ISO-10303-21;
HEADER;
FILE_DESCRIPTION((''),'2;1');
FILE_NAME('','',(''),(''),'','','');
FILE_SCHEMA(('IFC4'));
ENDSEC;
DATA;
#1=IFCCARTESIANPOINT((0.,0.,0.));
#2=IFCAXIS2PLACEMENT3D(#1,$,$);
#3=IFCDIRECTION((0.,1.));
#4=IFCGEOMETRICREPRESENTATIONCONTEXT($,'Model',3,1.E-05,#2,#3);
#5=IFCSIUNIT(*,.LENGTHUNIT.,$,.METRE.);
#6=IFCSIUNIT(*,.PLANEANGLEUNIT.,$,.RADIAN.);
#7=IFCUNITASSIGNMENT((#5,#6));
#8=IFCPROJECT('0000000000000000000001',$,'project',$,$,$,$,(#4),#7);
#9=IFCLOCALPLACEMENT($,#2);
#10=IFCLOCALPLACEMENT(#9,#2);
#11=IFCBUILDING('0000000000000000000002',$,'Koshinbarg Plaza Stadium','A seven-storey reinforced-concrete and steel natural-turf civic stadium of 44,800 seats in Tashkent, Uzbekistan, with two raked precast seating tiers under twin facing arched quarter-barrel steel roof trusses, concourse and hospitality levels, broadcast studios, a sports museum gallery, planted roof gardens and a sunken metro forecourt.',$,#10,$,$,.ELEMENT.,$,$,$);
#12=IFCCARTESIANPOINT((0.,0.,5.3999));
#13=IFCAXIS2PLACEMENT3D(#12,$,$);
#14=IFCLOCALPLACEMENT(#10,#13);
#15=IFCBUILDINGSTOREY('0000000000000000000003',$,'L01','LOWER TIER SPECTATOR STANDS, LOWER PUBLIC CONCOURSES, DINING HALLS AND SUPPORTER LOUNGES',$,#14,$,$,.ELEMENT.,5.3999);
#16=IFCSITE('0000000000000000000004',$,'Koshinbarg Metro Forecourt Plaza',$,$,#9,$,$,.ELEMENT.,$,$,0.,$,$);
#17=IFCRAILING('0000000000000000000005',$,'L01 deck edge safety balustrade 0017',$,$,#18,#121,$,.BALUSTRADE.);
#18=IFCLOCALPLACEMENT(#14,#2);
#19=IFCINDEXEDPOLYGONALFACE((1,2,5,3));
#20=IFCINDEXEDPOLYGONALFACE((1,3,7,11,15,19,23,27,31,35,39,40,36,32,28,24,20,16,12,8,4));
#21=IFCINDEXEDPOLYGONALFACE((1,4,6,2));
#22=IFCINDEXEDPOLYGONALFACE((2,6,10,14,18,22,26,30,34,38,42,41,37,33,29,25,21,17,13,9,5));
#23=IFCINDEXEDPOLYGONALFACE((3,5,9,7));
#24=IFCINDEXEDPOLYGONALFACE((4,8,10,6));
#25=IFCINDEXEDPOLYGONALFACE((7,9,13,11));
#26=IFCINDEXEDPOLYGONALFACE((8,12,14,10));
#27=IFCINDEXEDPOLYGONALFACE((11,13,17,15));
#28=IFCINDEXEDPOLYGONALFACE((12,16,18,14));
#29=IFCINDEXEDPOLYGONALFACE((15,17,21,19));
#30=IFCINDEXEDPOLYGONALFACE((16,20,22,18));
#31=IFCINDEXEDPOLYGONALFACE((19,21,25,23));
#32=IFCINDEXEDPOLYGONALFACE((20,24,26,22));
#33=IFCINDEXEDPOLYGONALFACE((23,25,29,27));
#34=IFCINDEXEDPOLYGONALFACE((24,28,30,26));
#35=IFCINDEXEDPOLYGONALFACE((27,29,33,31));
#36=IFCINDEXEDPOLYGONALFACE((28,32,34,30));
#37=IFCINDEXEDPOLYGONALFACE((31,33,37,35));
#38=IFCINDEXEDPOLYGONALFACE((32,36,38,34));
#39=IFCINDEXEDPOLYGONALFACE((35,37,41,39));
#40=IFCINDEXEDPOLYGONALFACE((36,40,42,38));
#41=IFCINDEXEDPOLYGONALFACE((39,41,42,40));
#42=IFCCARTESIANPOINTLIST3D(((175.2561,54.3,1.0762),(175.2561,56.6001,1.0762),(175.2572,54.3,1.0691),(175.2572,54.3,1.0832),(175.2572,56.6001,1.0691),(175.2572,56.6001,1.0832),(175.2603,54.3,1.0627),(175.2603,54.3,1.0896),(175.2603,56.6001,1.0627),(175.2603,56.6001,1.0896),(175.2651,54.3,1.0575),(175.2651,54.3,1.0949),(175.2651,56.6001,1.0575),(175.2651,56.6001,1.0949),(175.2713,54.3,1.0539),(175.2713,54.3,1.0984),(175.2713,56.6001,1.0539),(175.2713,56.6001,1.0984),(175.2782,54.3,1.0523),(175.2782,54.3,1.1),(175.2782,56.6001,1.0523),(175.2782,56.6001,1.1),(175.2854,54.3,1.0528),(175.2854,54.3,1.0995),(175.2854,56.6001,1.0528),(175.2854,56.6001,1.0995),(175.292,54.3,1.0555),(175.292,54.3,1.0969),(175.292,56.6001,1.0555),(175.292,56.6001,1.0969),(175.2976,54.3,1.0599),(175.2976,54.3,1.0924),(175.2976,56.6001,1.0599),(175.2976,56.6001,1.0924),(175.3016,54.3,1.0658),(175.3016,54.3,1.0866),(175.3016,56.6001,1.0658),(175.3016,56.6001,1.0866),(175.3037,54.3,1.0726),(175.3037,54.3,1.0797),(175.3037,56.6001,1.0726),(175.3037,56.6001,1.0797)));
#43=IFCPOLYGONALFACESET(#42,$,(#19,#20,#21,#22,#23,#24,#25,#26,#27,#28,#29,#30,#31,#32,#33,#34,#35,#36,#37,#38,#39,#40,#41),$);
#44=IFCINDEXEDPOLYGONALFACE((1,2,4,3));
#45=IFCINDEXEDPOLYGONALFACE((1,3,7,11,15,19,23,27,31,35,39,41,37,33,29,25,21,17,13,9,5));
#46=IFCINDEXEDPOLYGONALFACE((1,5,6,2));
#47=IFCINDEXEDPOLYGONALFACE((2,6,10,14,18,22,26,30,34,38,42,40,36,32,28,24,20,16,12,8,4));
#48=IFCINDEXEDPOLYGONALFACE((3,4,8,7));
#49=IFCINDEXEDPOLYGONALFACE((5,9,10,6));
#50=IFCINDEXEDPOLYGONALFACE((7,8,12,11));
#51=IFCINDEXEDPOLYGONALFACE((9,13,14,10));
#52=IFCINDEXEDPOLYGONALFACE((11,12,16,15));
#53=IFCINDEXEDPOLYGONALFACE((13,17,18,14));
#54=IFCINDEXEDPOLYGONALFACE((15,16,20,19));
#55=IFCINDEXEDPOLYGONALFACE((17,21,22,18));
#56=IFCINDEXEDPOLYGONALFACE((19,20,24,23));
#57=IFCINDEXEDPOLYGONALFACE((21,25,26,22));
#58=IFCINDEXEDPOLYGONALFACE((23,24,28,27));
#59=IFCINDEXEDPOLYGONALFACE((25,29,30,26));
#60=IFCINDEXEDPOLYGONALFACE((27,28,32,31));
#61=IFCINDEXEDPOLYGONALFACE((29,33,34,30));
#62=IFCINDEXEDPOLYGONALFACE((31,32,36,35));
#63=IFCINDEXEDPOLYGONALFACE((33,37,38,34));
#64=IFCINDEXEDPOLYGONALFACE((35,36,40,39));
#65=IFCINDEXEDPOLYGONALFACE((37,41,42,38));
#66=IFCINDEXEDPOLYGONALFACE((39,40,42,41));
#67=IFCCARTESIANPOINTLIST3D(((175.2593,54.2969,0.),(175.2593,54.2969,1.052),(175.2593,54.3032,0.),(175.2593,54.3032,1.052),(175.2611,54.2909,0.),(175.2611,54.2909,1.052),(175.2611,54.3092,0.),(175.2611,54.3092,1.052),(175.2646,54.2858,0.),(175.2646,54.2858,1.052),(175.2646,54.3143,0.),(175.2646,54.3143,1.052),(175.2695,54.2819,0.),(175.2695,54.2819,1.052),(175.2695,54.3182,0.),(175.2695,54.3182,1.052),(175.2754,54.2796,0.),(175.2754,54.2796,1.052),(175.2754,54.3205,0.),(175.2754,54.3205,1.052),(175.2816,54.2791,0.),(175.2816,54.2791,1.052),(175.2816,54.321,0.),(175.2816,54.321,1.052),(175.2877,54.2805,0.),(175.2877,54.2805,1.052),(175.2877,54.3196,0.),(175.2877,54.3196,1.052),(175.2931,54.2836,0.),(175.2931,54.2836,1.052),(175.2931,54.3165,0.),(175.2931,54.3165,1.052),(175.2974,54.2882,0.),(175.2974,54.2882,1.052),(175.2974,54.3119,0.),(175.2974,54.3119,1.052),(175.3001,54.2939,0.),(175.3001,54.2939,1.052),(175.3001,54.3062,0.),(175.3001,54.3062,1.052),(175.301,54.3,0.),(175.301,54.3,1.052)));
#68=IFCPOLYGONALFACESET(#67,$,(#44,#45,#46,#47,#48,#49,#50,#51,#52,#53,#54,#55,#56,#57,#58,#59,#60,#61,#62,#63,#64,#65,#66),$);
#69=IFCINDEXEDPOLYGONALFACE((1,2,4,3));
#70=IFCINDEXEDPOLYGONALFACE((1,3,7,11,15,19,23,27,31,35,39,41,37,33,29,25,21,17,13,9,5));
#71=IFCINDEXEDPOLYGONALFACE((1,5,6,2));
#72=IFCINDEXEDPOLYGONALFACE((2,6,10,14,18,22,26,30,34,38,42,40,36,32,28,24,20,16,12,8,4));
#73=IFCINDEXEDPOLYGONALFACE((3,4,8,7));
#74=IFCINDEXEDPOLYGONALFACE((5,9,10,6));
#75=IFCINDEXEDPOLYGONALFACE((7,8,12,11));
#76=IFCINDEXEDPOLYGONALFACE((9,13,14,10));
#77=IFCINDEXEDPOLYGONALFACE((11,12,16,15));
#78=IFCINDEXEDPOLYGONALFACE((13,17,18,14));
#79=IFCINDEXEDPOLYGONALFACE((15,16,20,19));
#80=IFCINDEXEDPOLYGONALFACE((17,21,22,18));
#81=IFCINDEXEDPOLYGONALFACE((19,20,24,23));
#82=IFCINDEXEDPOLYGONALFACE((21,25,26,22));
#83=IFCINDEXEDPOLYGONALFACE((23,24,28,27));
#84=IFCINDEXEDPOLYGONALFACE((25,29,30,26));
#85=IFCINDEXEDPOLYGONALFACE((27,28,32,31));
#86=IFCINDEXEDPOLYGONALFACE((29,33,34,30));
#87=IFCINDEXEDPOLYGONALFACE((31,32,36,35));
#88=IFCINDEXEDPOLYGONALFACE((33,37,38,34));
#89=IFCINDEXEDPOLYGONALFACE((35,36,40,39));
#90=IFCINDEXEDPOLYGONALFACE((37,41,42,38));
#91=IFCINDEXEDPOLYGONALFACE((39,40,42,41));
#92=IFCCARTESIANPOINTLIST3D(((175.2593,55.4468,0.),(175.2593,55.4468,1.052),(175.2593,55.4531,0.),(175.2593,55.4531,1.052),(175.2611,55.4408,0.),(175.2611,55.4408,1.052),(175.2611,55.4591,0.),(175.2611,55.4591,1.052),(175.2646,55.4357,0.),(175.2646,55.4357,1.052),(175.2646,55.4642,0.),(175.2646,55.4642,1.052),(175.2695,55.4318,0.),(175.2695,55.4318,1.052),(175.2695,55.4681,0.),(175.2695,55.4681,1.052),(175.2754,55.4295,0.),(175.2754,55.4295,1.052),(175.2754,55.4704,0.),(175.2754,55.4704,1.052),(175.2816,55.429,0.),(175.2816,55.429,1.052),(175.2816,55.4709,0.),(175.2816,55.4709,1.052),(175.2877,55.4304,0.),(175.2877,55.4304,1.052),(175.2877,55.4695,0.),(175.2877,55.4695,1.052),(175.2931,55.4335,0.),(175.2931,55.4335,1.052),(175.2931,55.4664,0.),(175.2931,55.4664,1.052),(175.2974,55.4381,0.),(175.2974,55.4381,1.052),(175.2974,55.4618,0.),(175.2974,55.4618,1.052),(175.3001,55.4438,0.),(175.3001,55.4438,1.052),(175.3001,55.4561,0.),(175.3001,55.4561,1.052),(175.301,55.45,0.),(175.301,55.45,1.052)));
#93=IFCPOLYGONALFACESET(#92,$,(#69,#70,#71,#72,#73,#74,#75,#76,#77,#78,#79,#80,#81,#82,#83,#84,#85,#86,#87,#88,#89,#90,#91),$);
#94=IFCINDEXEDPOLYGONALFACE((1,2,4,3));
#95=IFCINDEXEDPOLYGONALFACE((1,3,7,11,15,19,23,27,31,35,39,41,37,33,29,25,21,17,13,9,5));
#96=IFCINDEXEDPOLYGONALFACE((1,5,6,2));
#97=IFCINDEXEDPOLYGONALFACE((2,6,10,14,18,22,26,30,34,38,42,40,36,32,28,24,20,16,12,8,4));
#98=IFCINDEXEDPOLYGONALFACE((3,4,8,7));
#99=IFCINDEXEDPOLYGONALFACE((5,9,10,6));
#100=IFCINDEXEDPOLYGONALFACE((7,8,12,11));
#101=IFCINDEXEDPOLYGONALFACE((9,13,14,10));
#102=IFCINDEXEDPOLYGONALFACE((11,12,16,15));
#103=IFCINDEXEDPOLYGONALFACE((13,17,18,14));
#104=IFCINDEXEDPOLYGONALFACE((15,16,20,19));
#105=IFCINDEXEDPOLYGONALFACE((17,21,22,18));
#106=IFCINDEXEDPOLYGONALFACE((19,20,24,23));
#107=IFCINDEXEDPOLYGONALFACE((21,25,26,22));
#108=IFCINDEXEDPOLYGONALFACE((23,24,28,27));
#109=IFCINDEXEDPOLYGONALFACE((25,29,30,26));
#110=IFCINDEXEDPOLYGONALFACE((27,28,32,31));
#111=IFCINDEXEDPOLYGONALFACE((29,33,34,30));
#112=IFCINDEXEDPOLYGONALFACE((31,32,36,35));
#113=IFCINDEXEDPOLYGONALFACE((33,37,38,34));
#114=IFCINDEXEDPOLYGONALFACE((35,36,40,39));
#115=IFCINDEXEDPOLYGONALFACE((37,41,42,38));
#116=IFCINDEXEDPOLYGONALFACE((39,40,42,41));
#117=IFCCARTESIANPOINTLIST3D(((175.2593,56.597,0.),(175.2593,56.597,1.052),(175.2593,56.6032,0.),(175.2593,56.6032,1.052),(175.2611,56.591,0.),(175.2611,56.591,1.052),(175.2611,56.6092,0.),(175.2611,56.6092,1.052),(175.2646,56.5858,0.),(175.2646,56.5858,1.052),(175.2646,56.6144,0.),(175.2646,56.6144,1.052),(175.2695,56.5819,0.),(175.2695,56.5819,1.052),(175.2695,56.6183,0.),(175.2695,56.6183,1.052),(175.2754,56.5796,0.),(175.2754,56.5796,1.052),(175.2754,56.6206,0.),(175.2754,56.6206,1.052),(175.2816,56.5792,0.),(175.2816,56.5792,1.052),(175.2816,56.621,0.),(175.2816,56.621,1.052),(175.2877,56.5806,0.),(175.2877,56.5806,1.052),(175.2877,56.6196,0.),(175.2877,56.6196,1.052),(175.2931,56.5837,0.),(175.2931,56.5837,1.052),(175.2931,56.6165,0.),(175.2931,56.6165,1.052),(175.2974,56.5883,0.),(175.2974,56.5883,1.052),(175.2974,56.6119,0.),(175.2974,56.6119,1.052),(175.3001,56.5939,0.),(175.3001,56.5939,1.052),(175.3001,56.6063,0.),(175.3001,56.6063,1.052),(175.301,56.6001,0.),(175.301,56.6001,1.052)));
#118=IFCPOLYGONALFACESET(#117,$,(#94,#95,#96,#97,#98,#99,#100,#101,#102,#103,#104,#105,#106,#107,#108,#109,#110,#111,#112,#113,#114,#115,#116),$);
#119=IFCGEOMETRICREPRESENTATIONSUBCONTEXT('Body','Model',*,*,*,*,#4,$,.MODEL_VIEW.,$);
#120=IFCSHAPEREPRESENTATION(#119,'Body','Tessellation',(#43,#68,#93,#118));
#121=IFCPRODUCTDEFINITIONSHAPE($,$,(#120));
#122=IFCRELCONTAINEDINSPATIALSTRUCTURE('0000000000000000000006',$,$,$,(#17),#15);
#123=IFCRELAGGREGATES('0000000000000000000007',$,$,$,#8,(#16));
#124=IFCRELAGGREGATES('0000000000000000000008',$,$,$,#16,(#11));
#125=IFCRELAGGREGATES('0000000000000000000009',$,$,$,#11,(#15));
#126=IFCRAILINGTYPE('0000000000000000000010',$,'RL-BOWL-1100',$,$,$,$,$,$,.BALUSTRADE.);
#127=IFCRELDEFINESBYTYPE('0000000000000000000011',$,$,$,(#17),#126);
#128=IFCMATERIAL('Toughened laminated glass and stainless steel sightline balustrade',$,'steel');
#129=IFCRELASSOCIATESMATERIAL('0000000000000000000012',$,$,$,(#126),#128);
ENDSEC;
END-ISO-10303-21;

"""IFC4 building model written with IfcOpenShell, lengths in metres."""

from ifc_helpers import new_model, si_unit, direction, frame, origin, origin_2d, place, context, subcontext, project, spatial, circle, extrude, material, type_object, element, save


model = new_model("IFC4")

# Units and contexts
model_context = context("Model", 3, precision=1e-05, world=origin(), true_north=direction((0.0, 1.0)))
body_context = subcontext(model_context, "Body", "Model", "MODEL_VIEW")
ifc_project = project(units=[si_unit("LENGTHUNIT", "METRE"), si_unit("PLANEANGLEUNIT", "RADIAN")], contexts=[model_context])

# Site, building, storey
site_placement = place(None, origin())
site = spatial("IfcSite", under=ifc_project, at=site_placement, Name="Koshinbarg Metro Forecourt Plaza", CompositionType="ELEMENT", RefElevation=0.0)
building_placement = place(site_placement, origin())
building = spatial("IfcBuilding", under=site, at=building_placement, Name="Koshinbarg Plaza Stadium", Description="A seven-storey reinforced-concrete and steel natural-turf civic stadium of 44,800 seats in Tashkent, Uzbekistan, with two raked precast seating tiers under twin facing arched quarter-barrel steel roof trusses, concourse and hospitality levels, broadcast studios, a sports museum gallery, planted roof gardens and a sunken metro forecourt.", CompositionType="ELEMENT")
storey_placement = place(building_placement, frame((0.0, 0.0, 5.3999)))
storey = spatial("IfcBuildingStorey", under=building, at=storey_placement, Name="L01", Description="LOWER TIER SPECTATOR STANDS, LOWER PUBLIC CONCOURSES, DINING HALLS AND SUPPORTER LOUNGES", CompositionType="ELEMENT", Elevation=5.3999)

# Railing
ifc_material_1 = material(Name="Toughened laminated glass and stainless steel sightline balustrade", Category="steel")
railing_type_1 = type_object("IfcRailingType", Name="RL-BOWL-1100", PredefinedType="BALUSTRADE", material=ifc_material_1)
railing_1_placement = place(storey_placement, frame((175.28, 54.3, 0.0)))
element("IfcRailing", 1, at=railing_1_placement, inside=storey, type_object=railing_type_1, Name="L01 deck edge safety balustrade 0017", PredefinedType="BALUSTRADE", context=body_context, shape_type="SweptSolid", body=[
    extrude(circle(Radius=0.0239, at=origin_2d()), frame((0.0, 0.0, 1.0762), z_axis=(0.0, 1.0, 0.0), x_axis=(-1.0, 0.0, 0.0)), (0.0, 0.0, 1.0), 2.3),
    extrude(circle(Radius=0.021, at=origin_2d()), origin(), (0.0, 0.0, 1.0), 1.052),
    extrude(circle(Radius=0.021, at=origin_2d()), frame((0.0, 1.1499, 0.0)), (0.0, 0.0, 1.0), 1.052),
    extrude(circle(Radius=0.021, at=origin_2d()), frame((0.0, 2.3, 0.0)), (0.0, 0.0, 1.0), 1.052),
])

save(model, "model.ifc")
